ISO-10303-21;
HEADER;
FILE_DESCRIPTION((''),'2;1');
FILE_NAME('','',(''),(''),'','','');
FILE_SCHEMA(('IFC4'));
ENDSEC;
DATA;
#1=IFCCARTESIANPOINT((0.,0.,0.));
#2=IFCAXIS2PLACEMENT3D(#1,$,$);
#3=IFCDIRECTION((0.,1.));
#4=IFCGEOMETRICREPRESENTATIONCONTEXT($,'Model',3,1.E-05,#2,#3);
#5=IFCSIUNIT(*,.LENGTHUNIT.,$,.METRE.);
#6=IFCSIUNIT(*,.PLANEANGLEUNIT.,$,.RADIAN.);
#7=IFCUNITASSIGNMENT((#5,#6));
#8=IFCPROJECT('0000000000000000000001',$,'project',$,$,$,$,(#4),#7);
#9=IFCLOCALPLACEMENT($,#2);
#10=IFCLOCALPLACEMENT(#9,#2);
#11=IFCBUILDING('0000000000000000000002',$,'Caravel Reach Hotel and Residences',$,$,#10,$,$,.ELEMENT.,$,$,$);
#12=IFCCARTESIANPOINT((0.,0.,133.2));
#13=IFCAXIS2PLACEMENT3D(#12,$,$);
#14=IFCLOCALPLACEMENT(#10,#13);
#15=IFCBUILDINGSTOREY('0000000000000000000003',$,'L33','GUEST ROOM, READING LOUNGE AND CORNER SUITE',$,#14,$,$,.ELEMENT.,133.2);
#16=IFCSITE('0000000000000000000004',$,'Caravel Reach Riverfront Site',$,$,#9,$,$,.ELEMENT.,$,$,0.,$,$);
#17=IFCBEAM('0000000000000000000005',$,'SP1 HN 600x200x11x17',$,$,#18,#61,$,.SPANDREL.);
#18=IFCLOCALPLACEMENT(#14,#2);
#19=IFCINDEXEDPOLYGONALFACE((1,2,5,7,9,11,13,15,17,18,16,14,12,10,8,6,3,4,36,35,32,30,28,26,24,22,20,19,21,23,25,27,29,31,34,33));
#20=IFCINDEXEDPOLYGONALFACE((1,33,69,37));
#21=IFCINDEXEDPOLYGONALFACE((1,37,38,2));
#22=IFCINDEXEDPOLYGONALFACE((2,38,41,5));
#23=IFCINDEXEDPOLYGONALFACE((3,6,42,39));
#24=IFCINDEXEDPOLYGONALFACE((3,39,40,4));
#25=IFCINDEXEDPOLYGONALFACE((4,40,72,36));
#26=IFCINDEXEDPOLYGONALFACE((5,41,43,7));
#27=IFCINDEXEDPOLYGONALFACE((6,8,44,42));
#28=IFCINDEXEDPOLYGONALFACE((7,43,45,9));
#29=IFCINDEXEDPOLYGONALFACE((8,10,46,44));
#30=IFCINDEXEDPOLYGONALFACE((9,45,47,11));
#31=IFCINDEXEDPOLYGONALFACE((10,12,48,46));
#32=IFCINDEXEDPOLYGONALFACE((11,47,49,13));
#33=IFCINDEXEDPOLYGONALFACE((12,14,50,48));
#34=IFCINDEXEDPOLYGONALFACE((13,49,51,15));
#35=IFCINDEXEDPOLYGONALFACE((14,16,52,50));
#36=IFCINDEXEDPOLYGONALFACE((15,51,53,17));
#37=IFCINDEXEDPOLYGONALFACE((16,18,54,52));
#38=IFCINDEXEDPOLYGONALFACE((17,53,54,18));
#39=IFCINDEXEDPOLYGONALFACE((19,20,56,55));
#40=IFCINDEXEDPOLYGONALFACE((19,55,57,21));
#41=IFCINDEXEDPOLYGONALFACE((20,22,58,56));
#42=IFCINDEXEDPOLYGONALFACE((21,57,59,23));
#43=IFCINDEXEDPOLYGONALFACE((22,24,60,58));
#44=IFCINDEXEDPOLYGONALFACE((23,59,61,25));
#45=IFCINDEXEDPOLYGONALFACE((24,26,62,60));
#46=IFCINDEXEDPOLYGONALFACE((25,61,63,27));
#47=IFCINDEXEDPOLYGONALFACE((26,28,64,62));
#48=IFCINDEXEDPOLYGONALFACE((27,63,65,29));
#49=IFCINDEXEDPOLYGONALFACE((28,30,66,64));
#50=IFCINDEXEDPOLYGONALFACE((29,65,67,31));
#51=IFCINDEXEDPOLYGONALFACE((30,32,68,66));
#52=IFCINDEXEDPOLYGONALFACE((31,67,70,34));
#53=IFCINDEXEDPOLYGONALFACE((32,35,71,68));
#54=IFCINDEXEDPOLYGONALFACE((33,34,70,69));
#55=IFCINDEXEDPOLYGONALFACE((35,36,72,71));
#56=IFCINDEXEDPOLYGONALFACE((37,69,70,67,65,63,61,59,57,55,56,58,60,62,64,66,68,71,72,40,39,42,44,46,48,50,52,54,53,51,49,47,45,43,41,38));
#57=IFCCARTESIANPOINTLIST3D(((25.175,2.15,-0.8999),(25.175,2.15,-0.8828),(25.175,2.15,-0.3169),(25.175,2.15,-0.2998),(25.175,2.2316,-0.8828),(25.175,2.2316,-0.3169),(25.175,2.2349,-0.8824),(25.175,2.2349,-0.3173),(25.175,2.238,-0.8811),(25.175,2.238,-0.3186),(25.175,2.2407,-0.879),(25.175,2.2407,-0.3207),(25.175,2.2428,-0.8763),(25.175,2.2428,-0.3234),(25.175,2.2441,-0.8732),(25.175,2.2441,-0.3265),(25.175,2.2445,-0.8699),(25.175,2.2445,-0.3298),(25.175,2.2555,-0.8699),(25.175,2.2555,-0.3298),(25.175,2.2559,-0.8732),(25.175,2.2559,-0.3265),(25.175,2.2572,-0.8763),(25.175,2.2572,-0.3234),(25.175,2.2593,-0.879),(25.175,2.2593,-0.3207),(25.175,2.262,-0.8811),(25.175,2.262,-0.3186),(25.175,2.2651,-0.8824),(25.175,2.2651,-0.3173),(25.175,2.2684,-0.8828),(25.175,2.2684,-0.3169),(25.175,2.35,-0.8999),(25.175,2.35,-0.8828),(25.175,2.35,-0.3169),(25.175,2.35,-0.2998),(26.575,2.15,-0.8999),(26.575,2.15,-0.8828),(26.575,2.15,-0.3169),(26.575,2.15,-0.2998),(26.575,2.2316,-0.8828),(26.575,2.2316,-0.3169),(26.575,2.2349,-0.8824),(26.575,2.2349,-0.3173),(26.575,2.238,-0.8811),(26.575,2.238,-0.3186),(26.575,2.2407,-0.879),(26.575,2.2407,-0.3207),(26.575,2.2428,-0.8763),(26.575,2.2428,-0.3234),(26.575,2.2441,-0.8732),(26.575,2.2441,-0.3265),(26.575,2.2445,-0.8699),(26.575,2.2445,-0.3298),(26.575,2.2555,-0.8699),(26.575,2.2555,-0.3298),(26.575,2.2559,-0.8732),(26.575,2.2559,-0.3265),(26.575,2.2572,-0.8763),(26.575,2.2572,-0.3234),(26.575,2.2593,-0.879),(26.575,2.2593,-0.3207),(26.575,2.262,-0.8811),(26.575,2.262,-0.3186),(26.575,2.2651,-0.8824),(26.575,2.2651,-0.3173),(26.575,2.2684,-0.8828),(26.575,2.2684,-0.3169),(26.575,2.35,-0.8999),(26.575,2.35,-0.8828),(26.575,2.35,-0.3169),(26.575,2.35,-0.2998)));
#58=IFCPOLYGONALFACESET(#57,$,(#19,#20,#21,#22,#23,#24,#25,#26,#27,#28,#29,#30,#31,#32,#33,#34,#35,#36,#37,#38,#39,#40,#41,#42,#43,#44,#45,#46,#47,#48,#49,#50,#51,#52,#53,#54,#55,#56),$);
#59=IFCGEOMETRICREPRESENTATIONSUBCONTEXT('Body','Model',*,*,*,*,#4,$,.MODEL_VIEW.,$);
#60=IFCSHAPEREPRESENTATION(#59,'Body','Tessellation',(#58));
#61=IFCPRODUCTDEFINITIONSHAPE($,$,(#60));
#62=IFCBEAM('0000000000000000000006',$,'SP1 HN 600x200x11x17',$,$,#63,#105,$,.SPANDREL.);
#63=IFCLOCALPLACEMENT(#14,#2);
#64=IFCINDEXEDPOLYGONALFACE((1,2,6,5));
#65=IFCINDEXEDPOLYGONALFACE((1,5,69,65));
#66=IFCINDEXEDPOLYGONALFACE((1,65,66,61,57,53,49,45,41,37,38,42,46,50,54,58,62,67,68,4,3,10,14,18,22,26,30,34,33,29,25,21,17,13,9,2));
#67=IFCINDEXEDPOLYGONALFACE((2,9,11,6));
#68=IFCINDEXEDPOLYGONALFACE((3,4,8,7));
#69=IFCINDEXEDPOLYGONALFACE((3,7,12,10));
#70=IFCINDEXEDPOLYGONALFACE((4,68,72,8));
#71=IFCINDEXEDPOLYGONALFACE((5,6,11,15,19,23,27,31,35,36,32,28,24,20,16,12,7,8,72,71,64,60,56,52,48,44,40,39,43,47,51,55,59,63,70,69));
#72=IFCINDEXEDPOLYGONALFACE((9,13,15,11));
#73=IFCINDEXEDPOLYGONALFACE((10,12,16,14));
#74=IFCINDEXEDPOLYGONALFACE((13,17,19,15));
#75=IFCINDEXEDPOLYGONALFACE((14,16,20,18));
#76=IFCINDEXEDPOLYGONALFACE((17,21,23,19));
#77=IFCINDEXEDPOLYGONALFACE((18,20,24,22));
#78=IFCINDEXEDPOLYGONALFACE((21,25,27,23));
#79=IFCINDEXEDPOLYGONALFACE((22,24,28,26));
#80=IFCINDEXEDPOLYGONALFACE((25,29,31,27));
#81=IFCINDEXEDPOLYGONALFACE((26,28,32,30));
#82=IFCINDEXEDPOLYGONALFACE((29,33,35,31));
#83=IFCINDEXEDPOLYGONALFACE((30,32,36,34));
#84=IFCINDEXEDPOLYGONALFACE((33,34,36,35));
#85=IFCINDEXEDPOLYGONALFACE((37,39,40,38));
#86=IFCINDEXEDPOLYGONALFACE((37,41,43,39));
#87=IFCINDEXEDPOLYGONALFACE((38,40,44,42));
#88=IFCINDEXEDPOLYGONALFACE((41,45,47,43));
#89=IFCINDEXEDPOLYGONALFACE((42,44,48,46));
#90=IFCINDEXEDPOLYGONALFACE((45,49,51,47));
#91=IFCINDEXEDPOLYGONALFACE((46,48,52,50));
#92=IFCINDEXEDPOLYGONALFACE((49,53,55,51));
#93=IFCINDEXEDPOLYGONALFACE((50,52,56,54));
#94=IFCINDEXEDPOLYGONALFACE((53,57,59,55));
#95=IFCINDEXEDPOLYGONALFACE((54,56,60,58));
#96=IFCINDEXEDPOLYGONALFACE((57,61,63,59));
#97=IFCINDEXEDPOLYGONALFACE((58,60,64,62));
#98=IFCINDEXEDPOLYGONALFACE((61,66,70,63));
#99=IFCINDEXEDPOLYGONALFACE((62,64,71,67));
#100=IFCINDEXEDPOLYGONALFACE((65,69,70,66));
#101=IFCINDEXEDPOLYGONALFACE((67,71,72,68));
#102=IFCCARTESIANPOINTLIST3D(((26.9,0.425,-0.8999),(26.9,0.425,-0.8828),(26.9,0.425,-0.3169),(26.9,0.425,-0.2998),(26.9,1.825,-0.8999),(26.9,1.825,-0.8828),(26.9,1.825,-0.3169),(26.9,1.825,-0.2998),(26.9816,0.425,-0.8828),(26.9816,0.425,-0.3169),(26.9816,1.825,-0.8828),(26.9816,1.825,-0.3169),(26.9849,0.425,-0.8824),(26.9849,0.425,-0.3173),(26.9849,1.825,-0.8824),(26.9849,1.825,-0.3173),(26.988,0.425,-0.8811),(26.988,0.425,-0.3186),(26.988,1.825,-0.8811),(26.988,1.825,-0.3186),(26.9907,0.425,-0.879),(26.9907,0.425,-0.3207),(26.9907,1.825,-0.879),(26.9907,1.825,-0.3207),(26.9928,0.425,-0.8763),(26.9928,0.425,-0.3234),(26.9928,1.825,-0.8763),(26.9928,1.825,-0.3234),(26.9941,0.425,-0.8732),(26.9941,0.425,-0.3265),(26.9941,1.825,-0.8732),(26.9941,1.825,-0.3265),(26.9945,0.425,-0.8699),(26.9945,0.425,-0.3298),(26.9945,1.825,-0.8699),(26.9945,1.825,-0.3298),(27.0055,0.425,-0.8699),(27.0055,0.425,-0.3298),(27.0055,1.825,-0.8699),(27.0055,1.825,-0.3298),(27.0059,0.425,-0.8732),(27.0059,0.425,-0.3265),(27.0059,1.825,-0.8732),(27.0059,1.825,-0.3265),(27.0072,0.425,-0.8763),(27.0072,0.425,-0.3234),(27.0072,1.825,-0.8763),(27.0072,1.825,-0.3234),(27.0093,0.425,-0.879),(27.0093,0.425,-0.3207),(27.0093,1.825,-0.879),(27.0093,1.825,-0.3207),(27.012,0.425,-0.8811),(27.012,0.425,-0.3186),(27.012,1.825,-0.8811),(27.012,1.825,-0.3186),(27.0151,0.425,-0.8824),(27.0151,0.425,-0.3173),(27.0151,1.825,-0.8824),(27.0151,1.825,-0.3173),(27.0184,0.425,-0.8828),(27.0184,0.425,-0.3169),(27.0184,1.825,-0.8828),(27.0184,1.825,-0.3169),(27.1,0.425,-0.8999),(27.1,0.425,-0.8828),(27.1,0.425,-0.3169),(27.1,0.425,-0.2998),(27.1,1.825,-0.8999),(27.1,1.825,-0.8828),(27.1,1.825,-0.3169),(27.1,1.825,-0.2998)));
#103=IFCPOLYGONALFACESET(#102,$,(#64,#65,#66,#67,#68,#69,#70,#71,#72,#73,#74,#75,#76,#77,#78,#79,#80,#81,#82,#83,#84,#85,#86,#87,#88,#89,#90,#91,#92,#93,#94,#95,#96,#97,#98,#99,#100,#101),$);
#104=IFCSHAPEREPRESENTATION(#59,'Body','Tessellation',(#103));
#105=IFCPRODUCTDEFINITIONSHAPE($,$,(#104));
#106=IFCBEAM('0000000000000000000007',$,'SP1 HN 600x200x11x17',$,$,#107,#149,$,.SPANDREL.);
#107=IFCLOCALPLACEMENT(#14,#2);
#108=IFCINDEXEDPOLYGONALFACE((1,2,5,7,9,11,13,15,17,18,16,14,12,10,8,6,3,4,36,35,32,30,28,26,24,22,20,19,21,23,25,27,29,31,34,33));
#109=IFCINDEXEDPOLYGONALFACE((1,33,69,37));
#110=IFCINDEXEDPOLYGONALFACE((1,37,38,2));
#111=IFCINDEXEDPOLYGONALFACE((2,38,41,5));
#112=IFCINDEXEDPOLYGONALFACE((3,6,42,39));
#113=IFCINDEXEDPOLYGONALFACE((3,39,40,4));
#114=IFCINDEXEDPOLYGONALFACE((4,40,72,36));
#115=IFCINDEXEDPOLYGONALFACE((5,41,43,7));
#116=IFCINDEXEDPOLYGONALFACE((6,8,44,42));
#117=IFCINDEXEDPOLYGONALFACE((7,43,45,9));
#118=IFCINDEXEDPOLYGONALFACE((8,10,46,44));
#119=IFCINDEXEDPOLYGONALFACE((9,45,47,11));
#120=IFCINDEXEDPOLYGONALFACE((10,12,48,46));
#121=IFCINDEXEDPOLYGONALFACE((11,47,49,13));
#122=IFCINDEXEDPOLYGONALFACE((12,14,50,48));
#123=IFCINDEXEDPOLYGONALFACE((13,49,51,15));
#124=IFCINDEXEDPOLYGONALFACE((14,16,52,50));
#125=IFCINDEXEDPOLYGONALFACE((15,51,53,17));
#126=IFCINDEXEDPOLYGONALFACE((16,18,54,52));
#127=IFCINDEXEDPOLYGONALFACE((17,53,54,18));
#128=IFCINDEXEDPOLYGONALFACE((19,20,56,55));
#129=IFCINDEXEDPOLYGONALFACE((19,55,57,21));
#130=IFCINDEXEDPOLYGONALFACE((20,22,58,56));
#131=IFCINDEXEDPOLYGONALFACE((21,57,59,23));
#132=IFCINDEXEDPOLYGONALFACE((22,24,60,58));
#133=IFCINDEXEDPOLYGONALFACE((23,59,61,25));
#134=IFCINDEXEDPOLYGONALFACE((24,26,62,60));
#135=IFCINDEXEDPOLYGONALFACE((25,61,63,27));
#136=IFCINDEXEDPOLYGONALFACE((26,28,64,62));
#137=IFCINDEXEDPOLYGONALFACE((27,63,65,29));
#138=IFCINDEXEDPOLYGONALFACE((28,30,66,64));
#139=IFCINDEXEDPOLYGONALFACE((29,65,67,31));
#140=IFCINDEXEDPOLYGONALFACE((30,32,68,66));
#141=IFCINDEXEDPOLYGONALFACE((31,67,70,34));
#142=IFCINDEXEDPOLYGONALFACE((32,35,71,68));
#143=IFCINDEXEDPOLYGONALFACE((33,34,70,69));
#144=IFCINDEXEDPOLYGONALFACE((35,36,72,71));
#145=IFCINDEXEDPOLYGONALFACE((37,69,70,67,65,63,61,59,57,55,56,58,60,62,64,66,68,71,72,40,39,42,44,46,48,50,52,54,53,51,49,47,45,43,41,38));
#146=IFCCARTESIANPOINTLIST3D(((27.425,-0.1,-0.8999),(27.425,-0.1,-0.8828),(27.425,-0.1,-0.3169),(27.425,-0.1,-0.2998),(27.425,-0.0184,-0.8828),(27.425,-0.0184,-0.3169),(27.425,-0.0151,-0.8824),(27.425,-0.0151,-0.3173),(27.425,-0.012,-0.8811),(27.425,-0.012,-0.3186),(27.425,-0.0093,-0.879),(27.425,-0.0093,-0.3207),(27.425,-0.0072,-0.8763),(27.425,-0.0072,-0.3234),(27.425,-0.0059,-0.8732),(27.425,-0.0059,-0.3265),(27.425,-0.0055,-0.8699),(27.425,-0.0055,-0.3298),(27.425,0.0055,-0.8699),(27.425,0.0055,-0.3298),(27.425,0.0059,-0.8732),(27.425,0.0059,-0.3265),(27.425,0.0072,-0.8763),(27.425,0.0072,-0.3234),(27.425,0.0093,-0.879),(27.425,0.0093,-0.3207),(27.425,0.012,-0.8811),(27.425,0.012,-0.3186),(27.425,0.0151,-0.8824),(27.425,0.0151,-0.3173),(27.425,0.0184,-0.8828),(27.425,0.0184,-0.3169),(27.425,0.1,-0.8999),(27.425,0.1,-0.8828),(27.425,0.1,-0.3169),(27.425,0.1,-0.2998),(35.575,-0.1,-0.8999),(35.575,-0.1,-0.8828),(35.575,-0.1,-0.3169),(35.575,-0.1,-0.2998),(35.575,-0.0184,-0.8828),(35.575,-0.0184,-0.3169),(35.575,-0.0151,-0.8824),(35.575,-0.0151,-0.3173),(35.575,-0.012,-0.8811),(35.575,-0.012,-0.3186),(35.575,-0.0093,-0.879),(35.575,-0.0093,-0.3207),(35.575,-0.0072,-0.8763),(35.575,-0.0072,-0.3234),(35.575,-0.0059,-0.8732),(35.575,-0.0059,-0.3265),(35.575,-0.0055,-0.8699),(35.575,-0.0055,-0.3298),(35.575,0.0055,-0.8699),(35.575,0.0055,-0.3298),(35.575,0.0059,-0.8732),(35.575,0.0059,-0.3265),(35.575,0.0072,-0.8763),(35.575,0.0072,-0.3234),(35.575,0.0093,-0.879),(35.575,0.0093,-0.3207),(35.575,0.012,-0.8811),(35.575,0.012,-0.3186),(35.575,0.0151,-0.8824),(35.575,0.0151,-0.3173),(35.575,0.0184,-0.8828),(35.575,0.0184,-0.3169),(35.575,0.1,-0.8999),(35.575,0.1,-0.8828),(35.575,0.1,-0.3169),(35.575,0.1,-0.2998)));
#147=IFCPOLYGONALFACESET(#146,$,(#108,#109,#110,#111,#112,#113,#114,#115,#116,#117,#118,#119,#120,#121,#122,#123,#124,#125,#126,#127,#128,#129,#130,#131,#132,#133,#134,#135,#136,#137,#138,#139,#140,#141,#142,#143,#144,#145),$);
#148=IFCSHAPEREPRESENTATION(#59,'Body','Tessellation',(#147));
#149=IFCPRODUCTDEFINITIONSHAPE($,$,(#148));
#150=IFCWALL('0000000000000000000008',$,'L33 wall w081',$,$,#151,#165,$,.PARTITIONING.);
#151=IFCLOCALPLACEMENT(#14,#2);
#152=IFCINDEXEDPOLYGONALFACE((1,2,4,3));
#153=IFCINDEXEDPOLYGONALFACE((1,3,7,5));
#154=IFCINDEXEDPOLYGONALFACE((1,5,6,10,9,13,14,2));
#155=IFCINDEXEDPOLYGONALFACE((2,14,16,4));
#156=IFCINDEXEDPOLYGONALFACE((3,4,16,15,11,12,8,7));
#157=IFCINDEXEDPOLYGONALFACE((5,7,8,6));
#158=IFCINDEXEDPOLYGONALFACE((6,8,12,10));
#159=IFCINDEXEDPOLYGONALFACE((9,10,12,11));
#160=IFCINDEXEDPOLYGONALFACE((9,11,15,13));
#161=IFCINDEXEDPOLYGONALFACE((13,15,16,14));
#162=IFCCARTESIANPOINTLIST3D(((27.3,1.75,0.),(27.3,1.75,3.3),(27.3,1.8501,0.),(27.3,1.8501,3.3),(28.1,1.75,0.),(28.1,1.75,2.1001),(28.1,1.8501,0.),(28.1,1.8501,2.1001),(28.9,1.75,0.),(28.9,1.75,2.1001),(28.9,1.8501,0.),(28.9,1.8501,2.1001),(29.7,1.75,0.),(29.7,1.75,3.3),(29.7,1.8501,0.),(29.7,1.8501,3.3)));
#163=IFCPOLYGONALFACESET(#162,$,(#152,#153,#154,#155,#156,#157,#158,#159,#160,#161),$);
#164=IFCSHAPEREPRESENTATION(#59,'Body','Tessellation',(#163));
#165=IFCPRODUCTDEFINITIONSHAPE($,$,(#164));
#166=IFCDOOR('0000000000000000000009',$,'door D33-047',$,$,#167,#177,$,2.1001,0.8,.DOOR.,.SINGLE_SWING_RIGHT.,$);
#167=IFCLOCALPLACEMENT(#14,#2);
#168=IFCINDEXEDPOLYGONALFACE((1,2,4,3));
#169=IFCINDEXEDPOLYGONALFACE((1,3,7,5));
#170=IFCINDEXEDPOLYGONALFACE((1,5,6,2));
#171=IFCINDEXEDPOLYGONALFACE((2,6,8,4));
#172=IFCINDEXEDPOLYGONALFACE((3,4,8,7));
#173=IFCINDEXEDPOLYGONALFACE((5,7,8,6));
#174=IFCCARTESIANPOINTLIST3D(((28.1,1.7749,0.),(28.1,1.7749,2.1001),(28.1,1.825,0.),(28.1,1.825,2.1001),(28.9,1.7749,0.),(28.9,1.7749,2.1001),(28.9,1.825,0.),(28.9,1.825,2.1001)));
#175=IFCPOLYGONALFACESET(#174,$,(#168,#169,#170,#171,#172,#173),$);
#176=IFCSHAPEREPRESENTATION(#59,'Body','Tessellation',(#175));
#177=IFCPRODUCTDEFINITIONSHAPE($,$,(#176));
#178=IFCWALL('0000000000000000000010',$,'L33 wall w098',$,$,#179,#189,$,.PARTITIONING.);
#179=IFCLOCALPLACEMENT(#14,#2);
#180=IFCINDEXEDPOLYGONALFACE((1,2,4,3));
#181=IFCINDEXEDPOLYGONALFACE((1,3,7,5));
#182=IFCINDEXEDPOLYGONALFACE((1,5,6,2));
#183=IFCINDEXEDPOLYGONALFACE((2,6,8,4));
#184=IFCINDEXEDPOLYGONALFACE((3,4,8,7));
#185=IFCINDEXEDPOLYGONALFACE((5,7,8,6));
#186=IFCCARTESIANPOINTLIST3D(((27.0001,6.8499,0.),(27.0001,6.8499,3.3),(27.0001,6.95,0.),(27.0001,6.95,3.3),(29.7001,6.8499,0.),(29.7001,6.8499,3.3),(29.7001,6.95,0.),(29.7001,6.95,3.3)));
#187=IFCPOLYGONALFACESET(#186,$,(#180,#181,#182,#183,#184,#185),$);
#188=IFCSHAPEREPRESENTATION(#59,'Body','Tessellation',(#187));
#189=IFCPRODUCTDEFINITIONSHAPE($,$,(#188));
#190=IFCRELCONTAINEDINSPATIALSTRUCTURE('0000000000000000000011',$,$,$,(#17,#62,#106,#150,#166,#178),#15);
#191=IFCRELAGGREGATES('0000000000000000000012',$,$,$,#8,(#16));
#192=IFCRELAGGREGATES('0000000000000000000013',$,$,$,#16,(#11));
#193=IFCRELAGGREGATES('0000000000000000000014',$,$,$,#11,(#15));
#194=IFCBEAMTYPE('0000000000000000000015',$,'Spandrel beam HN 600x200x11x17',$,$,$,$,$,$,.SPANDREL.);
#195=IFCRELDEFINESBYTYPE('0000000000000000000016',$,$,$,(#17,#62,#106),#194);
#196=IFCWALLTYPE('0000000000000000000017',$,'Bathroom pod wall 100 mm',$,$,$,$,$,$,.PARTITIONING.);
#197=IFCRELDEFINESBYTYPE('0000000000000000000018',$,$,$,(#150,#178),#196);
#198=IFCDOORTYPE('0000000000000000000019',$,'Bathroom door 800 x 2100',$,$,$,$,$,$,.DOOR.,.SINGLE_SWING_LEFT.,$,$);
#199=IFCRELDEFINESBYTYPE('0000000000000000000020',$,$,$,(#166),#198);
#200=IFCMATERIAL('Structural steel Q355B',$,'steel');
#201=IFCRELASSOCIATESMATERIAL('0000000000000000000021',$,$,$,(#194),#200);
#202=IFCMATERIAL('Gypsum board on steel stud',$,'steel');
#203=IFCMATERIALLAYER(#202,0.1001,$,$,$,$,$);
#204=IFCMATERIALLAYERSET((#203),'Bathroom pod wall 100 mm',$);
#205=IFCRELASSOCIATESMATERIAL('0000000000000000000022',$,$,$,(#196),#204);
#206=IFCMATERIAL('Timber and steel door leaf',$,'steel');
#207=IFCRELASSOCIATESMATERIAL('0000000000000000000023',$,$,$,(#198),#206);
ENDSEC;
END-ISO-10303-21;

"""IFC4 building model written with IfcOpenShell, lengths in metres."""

from ifc_helpers import new_model, si_unit, direction, frame, frame_2d, origin, origin_2d, place, context, subcontext, project, spatial, rectangle, i_section, extrude, material, layer, layer_set, material_profile, profile_set, type_object, element, fill, save


model = new_model("IFC4")

# Units and contexts
model_context = context("Model", 3, precision=1e-05, world=origin(), true_north=direction((0.0, 1.0)))
body_context = subcontext(model_context, "Body", "Model", "MODEL_VIEW")
ifc_project = project(units=[si_unit("LENGTHUNIT", "METRE"), si_unit("PLANEANGLEUNIT", "RADIAN")], contexts=[model_context])

# Site, building, storey
site_placement = place(None, origin())
site = spatial("IfcSite", under=ifc_project, at=site_placement, Name="Caravel Reach Riverfront Site", CompositionType="ELEMENT", RefElevation=0.0)
building_placement = place(site_placement, origin())
building = spatial("IfcBuilding", under=site, at=building_placement, Name="Caravel Reach Hotel and Residences", CompositionType="ELEMENT")
storey_placement = place(building_placement, frame((0.0, 0.0, 133.2)))
storey = spatial("IfcBuildingStorey", under=building, at=storey_placement, Name="L33", Description="GUEST ROOM, READING LOUNGE AND CORNER SUITE", CompositionType="ELEMENT", Elevation=133.2)

# Beams
ifc_material_1 = material(Name="Structural steel Q355B", Category="steel")
ifc_material_profile_1 = material_profile(ifc_material_1, i_section(OverallWidth=0.2, OverallDepth=0.6001, WebThickness=0.011, FlangeThickness=0.0171, FilletRadius=0.0129, at=origin_2d()), Name="HN 600x200x11x17")
ifc_profile_set_1 = profile_set([ifc_material_profile_1], Name="Structural steel Q355B")
beam_type = type_object("IfcBeamType", Name="Spandrel beam HN 600x200x11x17", PredefinedType="SPANDREL", material=ifc_profile_set_1)
for number, where, z_axis, x_axis, name in (
    (1, (25.175, 2.25, -0.5999), (1.0, 0.0, 0.0), (0.0, 1.0, 0.0), "SP1 HN 600x200x11x17"),
    (2, (27.0, 1.825, -0.5999), (0.0, -1.0, 0.0), (1.0, 0.0, 0.0), "SP1 HN 600x200x11x17"),
):
    element("IfcBeam", number, at=place(storey_placement, frame(where, z_axis=z_axis, x_axis=x_axis)), inside=storey, type_object=beam_type, Name=name, PredefinedType="SPANDREL", context=body_context, shape_type="SweptSolid", body=[
        extrude(i_section(OverallWidth=0.2, OverallDepth=0.6001, WebThickness=0.011, FlangeThickness=0.0171, FilletRadius=0.0129, at=origin_2d()), origin(), (0.0, 0.0, 1.0), 1.3999),
    ])
beam_placement = place(storey_placement, frame((27.425, 0.0, -0.5999), z_axis=(1.0, 0.0, 0.0), x_axis=(0.0, 1.0, 0.0)))
element("IfcBeam", 3, at=beam_placement, inside=storey, type_object=beam_type, Name="SP1 HN 600x200x11x17", PredefinedType="SPANDREL", context=body_context, shape_type="SweptSolid", body=[
    extrude(i_section(OverallWidth=0.2, OverallDepth=0.6001, WebThickness=0.011, FlangeThickness=0.0171, FilletRadius=0.0129, at=origin_2d()), origin(), (0.0, 0.0, 1.0), 8.1499),
])

# Wall, opening, door
ifc_material_2 = material(Name="Gypsum board on steel stud", Category="steel")
ifc_layer_1 = layer(ifc_material_2, 0.1001)
ifc_layer_set_1 = layer_set([ifc_layer_1], Name="Bathroom pod wall 100 mm")
wall_type_1 = type_object("IfcWallType", Name="Bathroom pod wall 100 mm", PredefinedType="PARTITIONING", material=ifc_layer_set_1)
wall_1_placement = place(storey_placement, frame((27.3, 1.8, 0.0), z_axis=(0.0, 0.0, 1.0), x_axis=(1.0, 0.0, 0.0)))
wall_1 = element("IfcWall", 4, at=wall_1_placement, inside=storey, type_object=wall_type_1, Name="L33 wall w081", PredefinedType="PARTITIONING", context=body_context, shape_type="SweptSolid", body=[
    extrude(rectangle(XDim=2.3999, YDim=0.1001, at=frame_2d((1.2, 0.0))), origin(), (0.0, 0.0, 1.0), 3.3),
])
opening_1_placement = place(wall_1_placement, frame((0.8, 0.0, 0.0)))
opening_1 = element("IfcOpeningElement", 5, at=opening_1_placement, cuts=wall_1, PredefinedType="OPENING", context=body_context, shape_type="SweptSolid", body=[
    extrude(rectangle(XDim=0.8, YDim=2.1001, at=frame_2d((0.3999, 1.05))), frame((0.0, 0.0601, 0.0), z_axis=(0.0, -1.0, 0.0), x_axis=(1.0, 0.0, 0.0)), (0.0, 0.0, 1.0), 0.1201),
])
ifc_material_3 = material(Name="Timber and steel door leaf", Category="steel")
door_type = type_object("IfcDoorType", Name="Bathroom door 800 x 2100", OperationType="SINGLE_SWING_LEFT", PredefinedType="DOOR", material=ifc_material_3)
door_1_placement = place(opening_1_placement, origin())
door_1 = element("IfcDoor", 6, at=door_1_placement, inside=storey, type_object=door_type, Name="door D33-047", OperationType="SINGLE_SWING_RIGHT", OverallHeight=2.1001, OverallWidth=0.8, PredefinedType="DOOR", context=body_context, shape_type="SweptSolid", body=[
    extrude(rectangle(XDim=0.8, YDim=2.1001, at=frame_2d((0.3999, 1.05))), frame((0.0, 0.0249, 0.0), z_axis=(0.0, -1.0, 0.0), x_axis=(1.0, 0.0, 0.0)), (0.0, 0.0, 1.0), 0.05),
])
fill(opening_1, door_1)

# Wall
wall_2_placement = place(storey_placement, frame((27.0, 6.8999, 0.0), z_axis=(0.0, 0.0, 1.0), x_axis=(1.0, 0.0, 0.0)))
element("IfcWall", 7, at=wall_2_placement, inside=storey, type_object=wall_type_1, Name="L33 wall w098", PredefinedType="PARTITIONING", context=body_context, shape_type="SweptSolid", body=[
    extrude(rectangle(XDim=2.7, YDim=0.1001, at=frame_2d((1.3501, 0.0))), origin(), (0.0, 0.0, 1.0), 3.3),
])

save(model, "model.ifc")
